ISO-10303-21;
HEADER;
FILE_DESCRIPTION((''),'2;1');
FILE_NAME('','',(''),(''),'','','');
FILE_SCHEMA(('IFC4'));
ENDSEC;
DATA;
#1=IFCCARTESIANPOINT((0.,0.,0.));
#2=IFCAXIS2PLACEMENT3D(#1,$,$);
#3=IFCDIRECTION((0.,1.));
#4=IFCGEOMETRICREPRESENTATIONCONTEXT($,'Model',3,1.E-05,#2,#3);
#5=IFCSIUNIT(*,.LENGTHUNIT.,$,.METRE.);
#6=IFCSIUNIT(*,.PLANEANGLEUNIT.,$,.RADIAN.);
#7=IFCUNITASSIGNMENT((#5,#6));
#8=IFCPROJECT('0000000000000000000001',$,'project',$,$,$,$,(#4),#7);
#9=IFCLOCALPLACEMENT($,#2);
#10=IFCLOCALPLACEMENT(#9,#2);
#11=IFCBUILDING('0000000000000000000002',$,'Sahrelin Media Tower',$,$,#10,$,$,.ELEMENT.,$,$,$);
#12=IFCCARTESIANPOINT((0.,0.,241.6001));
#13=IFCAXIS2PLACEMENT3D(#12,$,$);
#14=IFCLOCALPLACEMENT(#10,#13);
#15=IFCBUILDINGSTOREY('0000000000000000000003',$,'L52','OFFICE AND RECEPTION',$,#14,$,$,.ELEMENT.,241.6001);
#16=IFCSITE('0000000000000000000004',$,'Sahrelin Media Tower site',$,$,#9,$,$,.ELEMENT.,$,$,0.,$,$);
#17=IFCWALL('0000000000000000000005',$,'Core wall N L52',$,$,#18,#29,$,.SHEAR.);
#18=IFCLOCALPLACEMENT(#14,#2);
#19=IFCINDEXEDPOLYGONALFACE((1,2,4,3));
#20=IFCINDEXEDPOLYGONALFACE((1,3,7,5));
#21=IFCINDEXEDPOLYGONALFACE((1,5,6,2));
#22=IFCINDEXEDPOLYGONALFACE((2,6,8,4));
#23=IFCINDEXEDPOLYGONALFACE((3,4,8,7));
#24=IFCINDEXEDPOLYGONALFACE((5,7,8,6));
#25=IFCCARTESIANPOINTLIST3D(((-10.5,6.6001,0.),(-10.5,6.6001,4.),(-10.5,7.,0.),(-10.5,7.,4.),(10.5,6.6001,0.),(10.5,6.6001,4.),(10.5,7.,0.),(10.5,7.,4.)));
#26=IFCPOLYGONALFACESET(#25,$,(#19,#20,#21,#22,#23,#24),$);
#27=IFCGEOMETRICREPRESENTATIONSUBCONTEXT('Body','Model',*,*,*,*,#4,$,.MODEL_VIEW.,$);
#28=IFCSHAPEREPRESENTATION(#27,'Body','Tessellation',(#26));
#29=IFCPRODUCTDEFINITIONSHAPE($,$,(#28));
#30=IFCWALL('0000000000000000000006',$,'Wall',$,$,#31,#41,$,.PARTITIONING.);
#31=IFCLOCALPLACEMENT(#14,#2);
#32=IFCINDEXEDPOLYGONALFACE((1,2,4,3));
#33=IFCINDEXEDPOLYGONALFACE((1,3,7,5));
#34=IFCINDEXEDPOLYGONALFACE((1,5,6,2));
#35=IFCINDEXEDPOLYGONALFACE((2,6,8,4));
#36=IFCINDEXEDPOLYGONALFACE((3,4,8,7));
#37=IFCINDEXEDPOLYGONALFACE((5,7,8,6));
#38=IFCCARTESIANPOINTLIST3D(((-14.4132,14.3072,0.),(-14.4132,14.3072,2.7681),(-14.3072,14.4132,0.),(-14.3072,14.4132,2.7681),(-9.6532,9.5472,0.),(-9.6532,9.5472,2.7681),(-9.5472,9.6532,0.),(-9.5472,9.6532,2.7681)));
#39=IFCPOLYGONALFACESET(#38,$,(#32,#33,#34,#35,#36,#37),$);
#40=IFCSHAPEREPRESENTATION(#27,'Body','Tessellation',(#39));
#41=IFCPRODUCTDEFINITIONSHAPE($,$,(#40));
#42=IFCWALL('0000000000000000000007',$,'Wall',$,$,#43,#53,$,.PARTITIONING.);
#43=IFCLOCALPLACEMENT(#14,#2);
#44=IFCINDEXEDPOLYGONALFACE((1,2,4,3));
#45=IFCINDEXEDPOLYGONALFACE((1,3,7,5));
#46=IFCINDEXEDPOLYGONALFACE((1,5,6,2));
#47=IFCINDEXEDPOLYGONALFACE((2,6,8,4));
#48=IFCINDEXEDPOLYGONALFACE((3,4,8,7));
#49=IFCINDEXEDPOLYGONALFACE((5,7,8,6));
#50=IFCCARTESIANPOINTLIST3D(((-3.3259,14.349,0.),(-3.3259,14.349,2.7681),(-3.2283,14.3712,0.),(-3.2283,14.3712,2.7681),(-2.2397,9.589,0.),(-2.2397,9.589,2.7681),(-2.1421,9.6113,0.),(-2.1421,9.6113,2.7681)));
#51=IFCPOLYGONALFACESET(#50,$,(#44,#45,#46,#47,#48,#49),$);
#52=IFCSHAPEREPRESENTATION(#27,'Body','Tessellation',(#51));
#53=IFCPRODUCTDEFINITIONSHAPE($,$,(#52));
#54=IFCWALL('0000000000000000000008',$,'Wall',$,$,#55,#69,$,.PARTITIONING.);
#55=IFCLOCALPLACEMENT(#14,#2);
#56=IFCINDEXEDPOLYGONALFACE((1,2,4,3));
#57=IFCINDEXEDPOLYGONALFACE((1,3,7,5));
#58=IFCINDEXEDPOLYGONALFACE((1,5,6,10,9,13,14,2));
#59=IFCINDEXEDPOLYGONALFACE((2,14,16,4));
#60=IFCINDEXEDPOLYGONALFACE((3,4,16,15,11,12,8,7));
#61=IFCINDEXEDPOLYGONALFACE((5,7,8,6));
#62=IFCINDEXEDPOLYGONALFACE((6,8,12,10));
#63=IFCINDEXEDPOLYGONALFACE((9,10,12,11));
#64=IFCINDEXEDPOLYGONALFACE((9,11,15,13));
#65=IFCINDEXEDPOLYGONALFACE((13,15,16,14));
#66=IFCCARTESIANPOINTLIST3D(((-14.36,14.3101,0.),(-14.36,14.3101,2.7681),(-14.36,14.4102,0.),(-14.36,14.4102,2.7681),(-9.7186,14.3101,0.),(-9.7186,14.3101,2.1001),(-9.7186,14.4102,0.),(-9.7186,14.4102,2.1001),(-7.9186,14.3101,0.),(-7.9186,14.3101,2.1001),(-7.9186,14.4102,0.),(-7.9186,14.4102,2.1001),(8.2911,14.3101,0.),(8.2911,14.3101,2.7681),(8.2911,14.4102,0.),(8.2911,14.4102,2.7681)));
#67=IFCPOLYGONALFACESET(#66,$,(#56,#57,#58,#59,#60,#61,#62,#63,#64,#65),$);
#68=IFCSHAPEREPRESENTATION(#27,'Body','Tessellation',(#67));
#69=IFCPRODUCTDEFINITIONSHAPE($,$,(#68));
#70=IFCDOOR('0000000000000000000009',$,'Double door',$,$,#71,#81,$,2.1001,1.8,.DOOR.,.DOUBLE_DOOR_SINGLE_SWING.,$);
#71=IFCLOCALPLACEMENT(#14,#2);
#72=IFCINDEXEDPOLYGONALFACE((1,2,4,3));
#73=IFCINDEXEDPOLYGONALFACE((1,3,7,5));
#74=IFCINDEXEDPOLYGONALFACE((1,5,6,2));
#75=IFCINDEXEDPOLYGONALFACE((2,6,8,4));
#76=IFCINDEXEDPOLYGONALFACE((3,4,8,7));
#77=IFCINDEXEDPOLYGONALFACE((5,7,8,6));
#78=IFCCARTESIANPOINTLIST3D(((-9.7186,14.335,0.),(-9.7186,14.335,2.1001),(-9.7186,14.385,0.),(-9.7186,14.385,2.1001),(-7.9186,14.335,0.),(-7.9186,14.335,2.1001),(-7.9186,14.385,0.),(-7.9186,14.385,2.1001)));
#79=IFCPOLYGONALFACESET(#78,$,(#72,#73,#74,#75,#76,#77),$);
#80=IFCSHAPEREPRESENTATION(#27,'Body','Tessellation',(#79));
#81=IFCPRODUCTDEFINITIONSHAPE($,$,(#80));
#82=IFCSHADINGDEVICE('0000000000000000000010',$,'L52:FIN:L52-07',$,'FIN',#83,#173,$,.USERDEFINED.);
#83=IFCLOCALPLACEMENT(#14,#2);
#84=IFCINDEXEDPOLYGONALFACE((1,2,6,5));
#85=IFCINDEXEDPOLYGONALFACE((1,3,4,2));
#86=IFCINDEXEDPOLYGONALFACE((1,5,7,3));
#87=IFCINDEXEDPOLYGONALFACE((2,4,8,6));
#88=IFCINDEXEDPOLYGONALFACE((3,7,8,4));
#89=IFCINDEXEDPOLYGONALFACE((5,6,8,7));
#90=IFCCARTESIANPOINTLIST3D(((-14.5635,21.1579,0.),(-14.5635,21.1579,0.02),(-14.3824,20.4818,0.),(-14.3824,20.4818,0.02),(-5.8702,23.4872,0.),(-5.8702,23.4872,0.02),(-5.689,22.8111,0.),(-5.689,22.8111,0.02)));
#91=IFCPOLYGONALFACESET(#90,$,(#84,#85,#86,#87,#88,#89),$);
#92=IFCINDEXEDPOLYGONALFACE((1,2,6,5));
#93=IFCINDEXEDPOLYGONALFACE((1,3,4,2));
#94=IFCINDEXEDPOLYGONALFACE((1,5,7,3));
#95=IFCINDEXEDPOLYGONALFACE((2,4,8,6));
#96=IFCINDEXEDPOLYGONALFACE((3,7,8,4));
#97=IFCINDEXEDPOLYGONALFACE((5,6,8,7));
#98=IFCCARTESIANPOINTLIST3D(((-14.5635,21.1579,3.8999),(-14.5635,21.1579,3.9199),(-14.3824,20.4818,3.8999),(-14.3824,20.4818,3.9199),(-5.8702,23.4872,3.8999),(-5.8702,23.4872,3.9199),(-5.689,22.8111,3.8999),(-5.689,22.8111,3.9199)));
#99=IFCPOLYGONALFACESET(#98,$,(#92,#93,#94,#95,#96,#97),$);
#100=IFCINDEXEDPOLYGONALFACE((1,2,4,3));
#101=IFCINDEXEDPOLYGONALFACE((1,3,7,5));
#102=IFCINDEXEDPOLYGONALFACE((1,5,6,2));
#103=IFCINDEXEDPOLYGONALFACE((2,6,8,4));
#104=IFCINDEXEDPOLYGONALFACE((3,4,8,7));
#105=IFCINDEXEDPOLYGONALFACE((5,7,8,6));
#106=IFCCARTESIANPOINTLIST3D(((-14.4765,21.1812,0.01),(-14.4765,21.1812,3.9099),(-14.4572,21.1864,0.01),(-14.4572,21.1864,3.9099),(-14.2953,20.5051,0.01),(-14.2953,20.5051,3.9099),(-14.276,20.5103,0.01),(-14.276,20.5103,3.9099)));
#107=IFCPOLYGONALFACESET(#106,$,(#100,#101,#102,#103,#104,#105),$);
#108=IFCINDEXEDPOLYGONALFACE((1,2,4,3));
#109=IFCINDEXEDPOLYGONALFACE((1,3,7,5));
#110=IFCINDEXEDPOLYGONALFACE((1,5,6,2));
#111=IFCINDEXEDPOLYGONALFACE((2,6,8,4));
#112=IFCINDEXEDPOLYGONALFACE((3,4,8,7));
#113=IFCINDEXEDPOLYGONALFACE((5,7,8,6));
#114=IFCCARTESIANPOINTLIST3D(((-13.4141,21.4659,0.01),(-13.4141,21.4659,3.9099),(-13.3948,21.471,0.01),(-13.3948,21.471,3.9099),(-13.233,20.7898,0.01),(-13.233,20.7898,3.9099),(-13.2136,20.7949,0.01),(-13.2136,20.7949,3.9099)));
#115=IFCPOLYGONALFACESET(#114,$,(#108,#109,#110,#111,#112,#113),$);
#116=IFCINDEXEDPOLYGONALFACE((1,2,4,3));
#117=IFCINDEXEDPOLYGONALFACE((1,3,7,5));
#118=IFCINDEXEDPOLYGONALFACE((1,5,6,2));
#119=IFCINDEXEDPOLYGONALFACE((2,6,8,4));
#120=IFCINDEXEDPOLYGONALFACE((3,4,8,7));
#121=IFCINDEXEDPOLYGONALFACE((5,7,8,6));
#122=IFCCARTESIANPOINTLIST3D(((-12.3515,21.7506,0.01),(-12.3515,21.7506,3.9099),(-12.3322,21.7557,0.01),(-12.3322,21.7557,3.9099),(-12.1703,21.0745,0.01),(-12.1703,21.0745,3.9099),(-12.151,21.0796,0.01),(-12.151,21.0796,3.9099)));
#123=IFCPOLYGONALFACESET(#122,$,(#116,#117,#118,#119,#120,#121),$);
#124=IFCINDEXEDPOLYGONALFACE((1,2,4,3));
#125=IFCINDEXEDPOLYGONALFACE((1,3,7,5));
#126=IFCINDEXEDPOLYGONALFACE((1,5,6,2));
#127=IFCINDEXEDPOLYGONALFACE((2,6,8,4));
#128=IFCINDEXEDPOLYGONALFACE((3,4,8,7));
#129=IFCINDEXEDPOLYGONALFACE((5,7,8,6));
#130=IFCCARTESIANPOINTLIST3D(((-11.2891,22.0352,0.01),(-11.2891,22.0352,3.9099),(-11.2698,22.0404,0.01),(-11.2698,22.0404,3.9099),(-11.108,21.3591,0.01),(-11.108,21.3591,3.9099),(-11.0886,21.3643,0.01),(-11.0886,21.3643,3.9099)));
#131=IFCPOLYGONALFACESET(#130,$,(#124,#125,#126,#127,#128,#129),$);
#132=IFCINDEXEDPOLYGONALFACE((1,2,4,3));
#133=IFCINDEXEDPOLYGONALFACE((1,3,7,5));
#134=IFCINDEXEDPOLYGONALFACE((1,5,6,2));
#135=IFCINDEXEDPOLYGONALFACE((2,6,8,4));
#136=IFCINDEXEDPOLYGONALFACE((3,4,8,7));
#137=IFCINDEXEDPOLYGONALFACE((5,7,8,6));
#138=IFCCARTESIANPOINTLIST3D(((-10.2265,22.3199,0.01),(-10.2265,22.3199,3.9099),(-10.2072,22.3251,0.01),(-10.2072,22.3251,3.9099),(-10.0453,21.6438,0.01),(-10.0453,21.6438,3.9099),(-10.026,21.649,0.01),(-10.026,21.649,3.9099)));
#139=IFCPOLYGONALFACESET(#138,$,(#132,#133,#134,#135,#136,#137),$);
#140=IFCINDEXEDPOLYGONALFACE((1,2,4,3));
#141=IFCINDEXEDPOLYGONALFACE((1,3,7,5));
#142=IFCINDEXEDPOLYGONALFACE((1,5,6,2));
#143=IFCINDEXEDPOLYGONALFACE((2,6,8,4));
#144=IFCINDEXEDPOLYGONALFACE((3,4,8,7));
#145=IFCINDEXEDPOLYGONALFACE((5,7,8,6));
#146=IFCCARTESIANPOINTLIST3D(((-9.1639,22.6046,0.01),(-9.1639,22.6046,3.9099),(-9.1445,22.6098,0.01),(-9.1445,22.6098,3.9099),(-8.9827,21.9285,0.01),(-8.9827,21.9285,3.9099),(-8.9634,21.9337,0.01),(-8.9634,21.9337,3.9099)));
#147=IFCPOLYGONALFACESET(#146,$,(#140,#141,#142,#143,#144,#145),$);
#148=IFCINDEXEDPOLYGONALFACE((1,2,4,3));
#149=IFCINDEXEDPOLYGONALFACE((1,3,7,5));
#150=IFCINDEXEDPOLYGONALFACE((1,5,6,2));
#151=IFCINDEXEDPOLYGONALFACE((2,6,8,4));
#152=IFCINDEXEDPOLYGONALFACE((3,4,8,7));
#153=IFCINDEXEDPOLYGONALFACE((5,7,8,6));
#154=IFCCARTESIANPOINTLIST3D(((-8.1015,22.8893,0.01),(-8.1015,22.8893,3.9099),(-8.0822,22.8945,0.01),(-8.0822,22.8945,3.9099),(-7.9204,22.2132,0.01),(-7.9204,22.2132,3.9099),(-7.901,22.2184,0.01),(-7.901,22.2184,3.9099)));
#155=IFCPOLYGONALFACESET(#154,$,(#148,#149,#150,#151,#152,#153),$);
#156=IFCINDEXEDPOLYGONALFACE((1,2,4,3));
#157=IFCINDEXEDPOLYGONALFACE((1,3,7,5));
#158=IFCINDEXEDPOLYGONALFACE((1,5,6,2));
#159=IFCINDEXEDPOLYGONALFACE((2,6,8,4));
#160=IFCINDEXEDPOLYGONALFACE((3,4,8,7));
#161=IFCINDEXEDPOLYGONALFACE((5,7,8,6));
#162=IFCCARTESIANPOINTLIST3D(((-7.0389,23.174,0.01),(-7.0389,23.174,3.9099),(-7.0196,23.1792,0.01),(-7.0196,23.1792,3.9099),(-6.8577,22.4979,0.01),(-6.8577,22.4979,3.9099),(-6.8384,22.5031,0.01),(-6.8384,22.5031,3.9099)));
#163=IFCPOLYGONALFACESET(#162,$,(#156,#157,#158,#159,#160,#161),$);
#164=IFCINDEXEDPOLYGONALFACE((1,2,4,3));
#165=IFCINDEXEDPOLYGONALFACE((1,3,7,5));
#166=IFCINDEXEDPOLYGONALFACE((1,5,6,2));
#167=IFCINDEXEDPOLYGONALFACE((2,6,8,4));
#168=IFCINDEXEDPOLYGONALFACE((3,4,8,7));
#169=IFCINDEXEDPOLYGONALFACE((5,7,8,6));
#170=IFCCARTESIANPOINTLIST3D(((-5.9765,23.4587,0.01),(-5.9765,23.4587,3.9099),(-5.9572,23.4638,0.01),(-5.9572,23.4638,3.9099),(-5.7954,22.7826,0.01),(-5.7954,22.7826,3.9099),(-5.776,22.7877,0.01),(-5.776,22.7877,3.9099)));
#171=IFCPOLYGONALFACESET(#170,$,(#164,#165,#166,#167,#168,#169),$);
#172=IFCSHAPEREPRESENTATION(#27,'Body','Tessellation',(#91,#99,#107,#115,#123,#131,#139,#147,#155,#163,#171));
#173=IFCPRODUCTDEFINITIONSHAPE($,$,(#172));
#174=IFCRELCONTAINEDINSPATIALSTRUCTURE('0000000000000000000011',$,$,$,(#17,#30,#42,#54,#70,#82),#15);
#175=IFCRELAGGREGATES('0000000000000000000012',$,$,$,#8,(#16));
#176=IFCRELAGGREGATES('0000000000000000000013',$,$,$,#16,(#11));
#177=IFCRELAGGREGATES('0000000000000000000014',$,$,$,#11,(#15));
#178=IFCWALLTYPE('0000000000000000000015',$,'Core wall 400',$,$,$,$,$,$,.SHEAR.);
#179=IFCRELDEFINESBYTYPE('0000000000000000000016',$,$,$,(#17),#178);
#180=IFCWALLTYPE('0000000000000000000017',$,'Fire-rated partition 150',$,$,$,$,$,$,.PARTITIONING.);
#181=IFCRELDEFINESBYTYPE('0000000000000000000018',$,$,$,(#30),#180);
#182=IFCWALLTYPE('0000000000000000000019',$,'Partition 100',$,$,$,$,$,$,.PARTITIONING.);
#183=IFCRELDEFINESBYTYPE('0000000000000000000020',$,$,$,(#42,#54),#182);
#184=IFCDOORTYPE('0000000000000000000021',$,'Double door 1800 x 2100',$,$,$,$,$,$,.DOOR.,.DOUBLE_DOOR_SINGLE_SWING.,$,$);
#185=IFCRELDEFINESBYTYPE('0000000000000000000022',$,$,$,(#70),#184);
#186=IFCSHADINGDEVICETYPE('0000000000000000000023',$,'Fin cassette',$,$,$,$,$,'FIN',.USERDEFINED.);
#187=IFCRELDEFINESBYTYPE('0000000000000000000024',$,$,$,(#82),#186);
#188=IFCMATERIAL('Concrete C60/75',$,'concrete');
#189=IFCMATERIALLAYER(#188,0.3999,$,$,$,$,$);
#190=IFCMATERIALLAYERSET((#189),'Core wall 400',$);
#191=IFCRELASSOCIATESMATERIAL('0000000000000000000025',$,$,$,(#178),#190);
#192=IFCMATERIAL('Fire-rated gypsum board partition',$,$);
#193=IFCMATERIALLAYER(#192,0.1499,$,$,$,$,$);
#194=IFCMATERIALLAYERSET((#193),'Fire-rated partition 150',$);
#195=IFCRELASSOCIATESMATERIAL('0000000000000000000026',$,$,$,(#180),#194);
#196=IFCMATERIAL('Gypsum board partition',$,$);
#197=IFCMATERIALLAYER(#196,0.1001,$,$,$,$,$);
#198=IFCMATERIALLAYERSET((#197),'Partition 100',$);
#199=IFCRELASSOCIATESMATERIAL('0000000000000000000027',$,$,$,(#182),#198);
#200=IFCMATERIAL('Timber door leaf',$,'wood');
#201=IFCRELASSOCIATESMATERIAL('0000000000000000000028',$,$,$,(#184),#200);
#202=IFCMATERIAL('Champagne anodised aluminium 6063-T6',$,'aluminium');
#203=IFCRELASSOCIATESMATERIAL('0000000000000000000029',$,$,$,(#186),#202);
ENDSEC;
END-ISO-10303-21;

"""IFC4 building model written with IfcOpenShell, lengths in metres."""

from ifc_helpers import new_model, si_unit, direction, frame, frame_2d, origin, origin_2d, place, context, subcontext, project, spatial, rectangle, extrude, material, layer, layer_set, type_object, element, fill, save


model = new_model("IFC4")

# Units and contexts
model_context = context("Model", 3, precision=1e-05, world=origin(), true_north=direction((0.0, 1.0)))
body_context = subcontext(model_context, "Body", "Model", "MODEL_VIEW")
ifc_project = project(units=[si_unit("LENGTHUNIT", "METRE"), si_unit("PLANEANGLEUNIT", "RADIAN")], contexts=[model_context])

# Site, building, storey
site_placement = place(None, origin())
site = spatial("IfcSite", under=ifc_project, at=site_placement, Name="Sahrelin Media Tower site", CompositionType="ELEMENT", RefElevation=0.0)
building_placement = place(site_placement, origin())
building = spatial("IfcBuilding", under=site, at=building_placement, Name="Sahrelin Media Tower", CompositionType="ELEMENT")
storey_placement = place(building_placement, frame((0.0, 0.0, 241.6001)))
storey = spatial("IfcBuildingStorey", under=building, at=storey_placement, Name="L52", Description="OFFICE AND RECEPTION", CompositionType="ELEMENT", Elevation=241.6001)

# Shared definitions
ifc_material_1 = material(Name="Champagne anodised aluminium 6063-T6", Category="aluminium")

# Walls
ifc_material_2 = material(Name="Concrete C60/75", Category="concrete")
ifc_layer_1 = layer(ifc_material_2, 0.3999)
ifc_layer_set_1 = layer_set([ifc_layer_1], Name="Core wall 400")
wall_type_1 = type_object("IfcWallType", Name="Core wall 400", PredefinedType="SHEAR", material=ifc_layer_set_1)
wall_1_placement = place(storey_placement, frame((-10.5, 6.8, 0.0), z_axis=(0.0, 0.0, 1.0), x_axis=(1.0, 0.0, 0.0)))
element("IfcWall", 1, at=wall_1_placement, inside=storey, type_object=wall_type_1, Name="Core wall N L52", PredefinedType="SHEAR", context=body_context, shape_type="SweptSolid", body=[
    extrude(rectangle(XDim=21.0, YDim=0.3999, at=frame_2d((10.5, 0.0))), origin(), (0.0, 0.0, 1.0), 4.0),
])
ifc_material_3 = material(Name="Fire-rated gypsum board partition")
ifc_layer_2 = layer(ifc_material_3, 0.1499)
ifc_layer_set_2 = layer_set([ifc_layer_2], Name="Fire-rated partition 150")
wall_type_2 = type_object("IfcWallType", Name="Fire-rated partition 150", PredefinedType="PARTITIONING", material=ifc_layer_set_2)
wall_2_placement = place(storey_placement, frame((-14.3601, 14.3601, 0.0), z_axis=(0.0, 0.0, 1.0), x_axis=(0.707107, -0.707107, 0.0)))
element("IfcWall", 2, at=wall_2_placement, inside=storey, type_object=wall_type_2, Name="Wall", PredefinedType="PARTITIONING", context=body_context, shape_type="SweptSolid", body=[
    extrude(rectangle(XDim=6.7317, YDim=0.1499, at=frame_2d((3.3657, 0.0))), origin(), (0.0, 0.0, 1.0), 2.7681),
])
ifc_material_4 = material(Name="Gypsum board partition")
ifc_layer_3 = layer(ifc_material_4, 0.1001)
ifc_layer_set_3 = layer_set([ifc_layer_3], Name="Partition 100")
wall_type_3 = type_object("IfcWallType", Name="Partition 100", PredefinedType="PARTITIONING", material=ifc_layer_set_3)
wall_3_placement = place(storey_placement, frame((-3.2771, 14.3601, 0.0), z_axis=(0.0, 0.0, 1.0), x_axis=(0.22247, -0.974939, 0.0)))
element("IfcWall", 3, at=wall_3_placement, inside=storey, type_object=wall_type_3, Name="Wall", PredefinedType="PARTITIONING", context=body_context, shape_type="SweptSolid", body=[
    extrude(rectangle(XDim=4.8823, YDim=0.1001, at=frame_2d((2.4412, 0.0))), origin(), (0.0, 0.0, 1.0), 2.7681),
])

# Wall, opening, door
wall_4_placement = place(storey_placement, frame((-14.3601, 14.3601, 0.0), z_axis=(0.0, 0.0, 1.0), x_axis=(1.0, 0.0, 0.0)))
wall_4 = element("IfcWall", 4, at=wall_4_placement, inside=storey, type_object=wall_type_3, Name="Wall", PredefinedType="PARTITIONING", context=body_context, shape_type="SweptSolid", body=[
    extrude(rectangle(XDim=22.6511, YDim=0.1001, at=frame_2d((11.3257, 0.0))), origin(), (0.0, 0.0, 1.0), 2.7681),
])
opening_placement = place(wall_4_placement, frame((4.6416, 0.0, 0.0)))
opening = element("IfcOpeningElement", 5, at=opening_placement, cuts=wall_4, PredefinedType="OPENING", context=body_context, shape_type="SweptSolid", body=[
    extrude(rectangle(XDim=1.8, YDim=2.1001, at=frame_2d((0.8999, 1.05))), frame((0.0, 0.05, 0.0), z_axis=(0.0, -1.0, 0.0), x_axis=(1.0, 0.0, 0.0)), (0.0, 0.0, 1.0), 0.1001),
])
ifc_material_5 = material(Name="Timber door leaf", Category="wood")
door_type = type_object("IfcDoorType", Name="Double door 1800 x 2100", OperationType="DOUBLE_DOOR_SINGLE_SWING", PredefinedType="DOOR", material=ifc_material_5)
door_placement = place(opening_placement, origin())
door = element("IfcDoor", 6, at=door_placement, inside=storey, type_object=door_type, Name="Double door", OperationType="DOUBLE_DOOR_SINGLE_SWING", OverallHeight=2.1001, OverallWidth=1.8, PredefinedType="DOOR", context=body_context, shape_type="SweptSolid", body=[
    extrude(rectangle(XDim=1.8, YDim=2.1001, at=frame_2d((0.8999, 1.05))), frame((0.0, 0.0249, 0.0), z_axis=(0.0, -1.0, 0.0), x_axis=(1.0, 0.0, 0.0)), (0.0, 0.0, 1.0), 0.05),
])
fill(opening, door)

# Shading device
shading_device_type_1 = type_object("IfcShadingDeviceType", Name="Fin cassette", ElementType="FIN", PredefinedType="USERDEFINED", material=ifc_material_1)
placement = place(storey_placement, frame((-10.0176, 21.5789, 0.0), z_axis=(0.0, 0.0, 1.0), x_axis=(0.965929, 0.258808, 0.0)))
element("IfcShadingDevice", 7, at=placement, inside=storey, type_object=shading_device_type_1, Name="L52:FIN:L52-07", ObjectType="FIN", PredefinedType="USERDEFINED", context=body_context, shape_type="SweptSolid", body=[
    extrude(rectangle(XDim=9.0, YDim=0.7, at=origin_2d()), frame((0.0, 0.4199, 0.0)), (0.0, 0.0, 1.0), 0.02),
    extrude(rectangle(XDim=9.0, YDim=0.7, at=origin_2d()), frame((0.0, 0.4199, 3.8999)), (0.0, 0.0, 1.0), 0.02),
    extrude(rectangle(XDim=0.02, YDim=0.7, at=origin_2d()), frame((-4.3999, 0.4199, 0.01), z_axis=(0.0, 0.0, 1.0), x_axis=(1.0, 0.0, 0.0)), (0.0, 0.0, 1.0), 3.8999),
    extrude(rectangle(XDim=0.02, YDim=0.7, at=origin_2d()), frame((-3.3, 0.4199, 0.01), z_axis=(0.0, 0.0, 1.0), x_axis=(1.0, 0.0, 0.0)), (0.0, 0.0, 1.0), 3.8999),
    extrude(rectangle(XDim=0.02, YDim=0.7, at=origin_2d()), frame((-2.2, 0.4199, 0.01), z_axis=(0.0, 0.0, 1.0), x_axis=(1.0, 0.0, 0.0)), (0.0, 0.0, 1.0), 3.8999),
    extrude(rectangle(XDim=0.02, YDim=0.7, at=origin_2d()), frame((-1.1001, 0.4199, 0.01), z_axis=(0.0, 0.0, 1.0), x_axis=(1.0, 0.0, 0.0)), (0.0, 0.0, 1.0), 3.8999),
    extrude(rectangle(XDim=0.02, YDim=0.7, at=origin_2d()), frame((0.0, 0.4199, 0.01), z_axis=(0.0, 0.0, 1.0), x_axis=(1.0, 0.0, 0.0)), (0.0, 0.0, 1.0), 3.8999),
    extrude(rectangle(XDim=0.02, YDim=0.7, at=origin_2d()), frame((1.1001, 0.4199, 0.01), z_axis=(0.0, 0.0, 1.0), x_axis=(1.0, 0.0, 0.0)), (0.0, 0.0, 1.0), 3.8999),
    extrude(rectangle(XDim=0.02, YDim=0.7, at=origin_2d()), frame((2.2, 0.4199, 0.01), z_axis=(0.0, 0.0, 1.0), x_axis=(1.0, 0.0, 0.0)), (0.0, 0.0, 1.0), 3.8999),
    extrude(rectangle(XDim=0.02, YDim=0.7, at=origin_2d()), frame((3.3, 0.4199, 0.01), z_axis=(0.0, 0.0, 1.0), x_axis=(1.0, 0.0, 0.0)), (0.0, 0.0, 1.0), 3.8999),
    extrude(rectangle(XDim=0.02, YDim=0.7, at=origin_2d()), frame((4.3999, 0.4199, 0.01), z_axis=(0.0, 0.0, 1.0), x_axis=(1.0, 0.0, 0.0)), (0.0, 0.0, 1.0), 3.8999),
])

save(model, "model.ifc")
